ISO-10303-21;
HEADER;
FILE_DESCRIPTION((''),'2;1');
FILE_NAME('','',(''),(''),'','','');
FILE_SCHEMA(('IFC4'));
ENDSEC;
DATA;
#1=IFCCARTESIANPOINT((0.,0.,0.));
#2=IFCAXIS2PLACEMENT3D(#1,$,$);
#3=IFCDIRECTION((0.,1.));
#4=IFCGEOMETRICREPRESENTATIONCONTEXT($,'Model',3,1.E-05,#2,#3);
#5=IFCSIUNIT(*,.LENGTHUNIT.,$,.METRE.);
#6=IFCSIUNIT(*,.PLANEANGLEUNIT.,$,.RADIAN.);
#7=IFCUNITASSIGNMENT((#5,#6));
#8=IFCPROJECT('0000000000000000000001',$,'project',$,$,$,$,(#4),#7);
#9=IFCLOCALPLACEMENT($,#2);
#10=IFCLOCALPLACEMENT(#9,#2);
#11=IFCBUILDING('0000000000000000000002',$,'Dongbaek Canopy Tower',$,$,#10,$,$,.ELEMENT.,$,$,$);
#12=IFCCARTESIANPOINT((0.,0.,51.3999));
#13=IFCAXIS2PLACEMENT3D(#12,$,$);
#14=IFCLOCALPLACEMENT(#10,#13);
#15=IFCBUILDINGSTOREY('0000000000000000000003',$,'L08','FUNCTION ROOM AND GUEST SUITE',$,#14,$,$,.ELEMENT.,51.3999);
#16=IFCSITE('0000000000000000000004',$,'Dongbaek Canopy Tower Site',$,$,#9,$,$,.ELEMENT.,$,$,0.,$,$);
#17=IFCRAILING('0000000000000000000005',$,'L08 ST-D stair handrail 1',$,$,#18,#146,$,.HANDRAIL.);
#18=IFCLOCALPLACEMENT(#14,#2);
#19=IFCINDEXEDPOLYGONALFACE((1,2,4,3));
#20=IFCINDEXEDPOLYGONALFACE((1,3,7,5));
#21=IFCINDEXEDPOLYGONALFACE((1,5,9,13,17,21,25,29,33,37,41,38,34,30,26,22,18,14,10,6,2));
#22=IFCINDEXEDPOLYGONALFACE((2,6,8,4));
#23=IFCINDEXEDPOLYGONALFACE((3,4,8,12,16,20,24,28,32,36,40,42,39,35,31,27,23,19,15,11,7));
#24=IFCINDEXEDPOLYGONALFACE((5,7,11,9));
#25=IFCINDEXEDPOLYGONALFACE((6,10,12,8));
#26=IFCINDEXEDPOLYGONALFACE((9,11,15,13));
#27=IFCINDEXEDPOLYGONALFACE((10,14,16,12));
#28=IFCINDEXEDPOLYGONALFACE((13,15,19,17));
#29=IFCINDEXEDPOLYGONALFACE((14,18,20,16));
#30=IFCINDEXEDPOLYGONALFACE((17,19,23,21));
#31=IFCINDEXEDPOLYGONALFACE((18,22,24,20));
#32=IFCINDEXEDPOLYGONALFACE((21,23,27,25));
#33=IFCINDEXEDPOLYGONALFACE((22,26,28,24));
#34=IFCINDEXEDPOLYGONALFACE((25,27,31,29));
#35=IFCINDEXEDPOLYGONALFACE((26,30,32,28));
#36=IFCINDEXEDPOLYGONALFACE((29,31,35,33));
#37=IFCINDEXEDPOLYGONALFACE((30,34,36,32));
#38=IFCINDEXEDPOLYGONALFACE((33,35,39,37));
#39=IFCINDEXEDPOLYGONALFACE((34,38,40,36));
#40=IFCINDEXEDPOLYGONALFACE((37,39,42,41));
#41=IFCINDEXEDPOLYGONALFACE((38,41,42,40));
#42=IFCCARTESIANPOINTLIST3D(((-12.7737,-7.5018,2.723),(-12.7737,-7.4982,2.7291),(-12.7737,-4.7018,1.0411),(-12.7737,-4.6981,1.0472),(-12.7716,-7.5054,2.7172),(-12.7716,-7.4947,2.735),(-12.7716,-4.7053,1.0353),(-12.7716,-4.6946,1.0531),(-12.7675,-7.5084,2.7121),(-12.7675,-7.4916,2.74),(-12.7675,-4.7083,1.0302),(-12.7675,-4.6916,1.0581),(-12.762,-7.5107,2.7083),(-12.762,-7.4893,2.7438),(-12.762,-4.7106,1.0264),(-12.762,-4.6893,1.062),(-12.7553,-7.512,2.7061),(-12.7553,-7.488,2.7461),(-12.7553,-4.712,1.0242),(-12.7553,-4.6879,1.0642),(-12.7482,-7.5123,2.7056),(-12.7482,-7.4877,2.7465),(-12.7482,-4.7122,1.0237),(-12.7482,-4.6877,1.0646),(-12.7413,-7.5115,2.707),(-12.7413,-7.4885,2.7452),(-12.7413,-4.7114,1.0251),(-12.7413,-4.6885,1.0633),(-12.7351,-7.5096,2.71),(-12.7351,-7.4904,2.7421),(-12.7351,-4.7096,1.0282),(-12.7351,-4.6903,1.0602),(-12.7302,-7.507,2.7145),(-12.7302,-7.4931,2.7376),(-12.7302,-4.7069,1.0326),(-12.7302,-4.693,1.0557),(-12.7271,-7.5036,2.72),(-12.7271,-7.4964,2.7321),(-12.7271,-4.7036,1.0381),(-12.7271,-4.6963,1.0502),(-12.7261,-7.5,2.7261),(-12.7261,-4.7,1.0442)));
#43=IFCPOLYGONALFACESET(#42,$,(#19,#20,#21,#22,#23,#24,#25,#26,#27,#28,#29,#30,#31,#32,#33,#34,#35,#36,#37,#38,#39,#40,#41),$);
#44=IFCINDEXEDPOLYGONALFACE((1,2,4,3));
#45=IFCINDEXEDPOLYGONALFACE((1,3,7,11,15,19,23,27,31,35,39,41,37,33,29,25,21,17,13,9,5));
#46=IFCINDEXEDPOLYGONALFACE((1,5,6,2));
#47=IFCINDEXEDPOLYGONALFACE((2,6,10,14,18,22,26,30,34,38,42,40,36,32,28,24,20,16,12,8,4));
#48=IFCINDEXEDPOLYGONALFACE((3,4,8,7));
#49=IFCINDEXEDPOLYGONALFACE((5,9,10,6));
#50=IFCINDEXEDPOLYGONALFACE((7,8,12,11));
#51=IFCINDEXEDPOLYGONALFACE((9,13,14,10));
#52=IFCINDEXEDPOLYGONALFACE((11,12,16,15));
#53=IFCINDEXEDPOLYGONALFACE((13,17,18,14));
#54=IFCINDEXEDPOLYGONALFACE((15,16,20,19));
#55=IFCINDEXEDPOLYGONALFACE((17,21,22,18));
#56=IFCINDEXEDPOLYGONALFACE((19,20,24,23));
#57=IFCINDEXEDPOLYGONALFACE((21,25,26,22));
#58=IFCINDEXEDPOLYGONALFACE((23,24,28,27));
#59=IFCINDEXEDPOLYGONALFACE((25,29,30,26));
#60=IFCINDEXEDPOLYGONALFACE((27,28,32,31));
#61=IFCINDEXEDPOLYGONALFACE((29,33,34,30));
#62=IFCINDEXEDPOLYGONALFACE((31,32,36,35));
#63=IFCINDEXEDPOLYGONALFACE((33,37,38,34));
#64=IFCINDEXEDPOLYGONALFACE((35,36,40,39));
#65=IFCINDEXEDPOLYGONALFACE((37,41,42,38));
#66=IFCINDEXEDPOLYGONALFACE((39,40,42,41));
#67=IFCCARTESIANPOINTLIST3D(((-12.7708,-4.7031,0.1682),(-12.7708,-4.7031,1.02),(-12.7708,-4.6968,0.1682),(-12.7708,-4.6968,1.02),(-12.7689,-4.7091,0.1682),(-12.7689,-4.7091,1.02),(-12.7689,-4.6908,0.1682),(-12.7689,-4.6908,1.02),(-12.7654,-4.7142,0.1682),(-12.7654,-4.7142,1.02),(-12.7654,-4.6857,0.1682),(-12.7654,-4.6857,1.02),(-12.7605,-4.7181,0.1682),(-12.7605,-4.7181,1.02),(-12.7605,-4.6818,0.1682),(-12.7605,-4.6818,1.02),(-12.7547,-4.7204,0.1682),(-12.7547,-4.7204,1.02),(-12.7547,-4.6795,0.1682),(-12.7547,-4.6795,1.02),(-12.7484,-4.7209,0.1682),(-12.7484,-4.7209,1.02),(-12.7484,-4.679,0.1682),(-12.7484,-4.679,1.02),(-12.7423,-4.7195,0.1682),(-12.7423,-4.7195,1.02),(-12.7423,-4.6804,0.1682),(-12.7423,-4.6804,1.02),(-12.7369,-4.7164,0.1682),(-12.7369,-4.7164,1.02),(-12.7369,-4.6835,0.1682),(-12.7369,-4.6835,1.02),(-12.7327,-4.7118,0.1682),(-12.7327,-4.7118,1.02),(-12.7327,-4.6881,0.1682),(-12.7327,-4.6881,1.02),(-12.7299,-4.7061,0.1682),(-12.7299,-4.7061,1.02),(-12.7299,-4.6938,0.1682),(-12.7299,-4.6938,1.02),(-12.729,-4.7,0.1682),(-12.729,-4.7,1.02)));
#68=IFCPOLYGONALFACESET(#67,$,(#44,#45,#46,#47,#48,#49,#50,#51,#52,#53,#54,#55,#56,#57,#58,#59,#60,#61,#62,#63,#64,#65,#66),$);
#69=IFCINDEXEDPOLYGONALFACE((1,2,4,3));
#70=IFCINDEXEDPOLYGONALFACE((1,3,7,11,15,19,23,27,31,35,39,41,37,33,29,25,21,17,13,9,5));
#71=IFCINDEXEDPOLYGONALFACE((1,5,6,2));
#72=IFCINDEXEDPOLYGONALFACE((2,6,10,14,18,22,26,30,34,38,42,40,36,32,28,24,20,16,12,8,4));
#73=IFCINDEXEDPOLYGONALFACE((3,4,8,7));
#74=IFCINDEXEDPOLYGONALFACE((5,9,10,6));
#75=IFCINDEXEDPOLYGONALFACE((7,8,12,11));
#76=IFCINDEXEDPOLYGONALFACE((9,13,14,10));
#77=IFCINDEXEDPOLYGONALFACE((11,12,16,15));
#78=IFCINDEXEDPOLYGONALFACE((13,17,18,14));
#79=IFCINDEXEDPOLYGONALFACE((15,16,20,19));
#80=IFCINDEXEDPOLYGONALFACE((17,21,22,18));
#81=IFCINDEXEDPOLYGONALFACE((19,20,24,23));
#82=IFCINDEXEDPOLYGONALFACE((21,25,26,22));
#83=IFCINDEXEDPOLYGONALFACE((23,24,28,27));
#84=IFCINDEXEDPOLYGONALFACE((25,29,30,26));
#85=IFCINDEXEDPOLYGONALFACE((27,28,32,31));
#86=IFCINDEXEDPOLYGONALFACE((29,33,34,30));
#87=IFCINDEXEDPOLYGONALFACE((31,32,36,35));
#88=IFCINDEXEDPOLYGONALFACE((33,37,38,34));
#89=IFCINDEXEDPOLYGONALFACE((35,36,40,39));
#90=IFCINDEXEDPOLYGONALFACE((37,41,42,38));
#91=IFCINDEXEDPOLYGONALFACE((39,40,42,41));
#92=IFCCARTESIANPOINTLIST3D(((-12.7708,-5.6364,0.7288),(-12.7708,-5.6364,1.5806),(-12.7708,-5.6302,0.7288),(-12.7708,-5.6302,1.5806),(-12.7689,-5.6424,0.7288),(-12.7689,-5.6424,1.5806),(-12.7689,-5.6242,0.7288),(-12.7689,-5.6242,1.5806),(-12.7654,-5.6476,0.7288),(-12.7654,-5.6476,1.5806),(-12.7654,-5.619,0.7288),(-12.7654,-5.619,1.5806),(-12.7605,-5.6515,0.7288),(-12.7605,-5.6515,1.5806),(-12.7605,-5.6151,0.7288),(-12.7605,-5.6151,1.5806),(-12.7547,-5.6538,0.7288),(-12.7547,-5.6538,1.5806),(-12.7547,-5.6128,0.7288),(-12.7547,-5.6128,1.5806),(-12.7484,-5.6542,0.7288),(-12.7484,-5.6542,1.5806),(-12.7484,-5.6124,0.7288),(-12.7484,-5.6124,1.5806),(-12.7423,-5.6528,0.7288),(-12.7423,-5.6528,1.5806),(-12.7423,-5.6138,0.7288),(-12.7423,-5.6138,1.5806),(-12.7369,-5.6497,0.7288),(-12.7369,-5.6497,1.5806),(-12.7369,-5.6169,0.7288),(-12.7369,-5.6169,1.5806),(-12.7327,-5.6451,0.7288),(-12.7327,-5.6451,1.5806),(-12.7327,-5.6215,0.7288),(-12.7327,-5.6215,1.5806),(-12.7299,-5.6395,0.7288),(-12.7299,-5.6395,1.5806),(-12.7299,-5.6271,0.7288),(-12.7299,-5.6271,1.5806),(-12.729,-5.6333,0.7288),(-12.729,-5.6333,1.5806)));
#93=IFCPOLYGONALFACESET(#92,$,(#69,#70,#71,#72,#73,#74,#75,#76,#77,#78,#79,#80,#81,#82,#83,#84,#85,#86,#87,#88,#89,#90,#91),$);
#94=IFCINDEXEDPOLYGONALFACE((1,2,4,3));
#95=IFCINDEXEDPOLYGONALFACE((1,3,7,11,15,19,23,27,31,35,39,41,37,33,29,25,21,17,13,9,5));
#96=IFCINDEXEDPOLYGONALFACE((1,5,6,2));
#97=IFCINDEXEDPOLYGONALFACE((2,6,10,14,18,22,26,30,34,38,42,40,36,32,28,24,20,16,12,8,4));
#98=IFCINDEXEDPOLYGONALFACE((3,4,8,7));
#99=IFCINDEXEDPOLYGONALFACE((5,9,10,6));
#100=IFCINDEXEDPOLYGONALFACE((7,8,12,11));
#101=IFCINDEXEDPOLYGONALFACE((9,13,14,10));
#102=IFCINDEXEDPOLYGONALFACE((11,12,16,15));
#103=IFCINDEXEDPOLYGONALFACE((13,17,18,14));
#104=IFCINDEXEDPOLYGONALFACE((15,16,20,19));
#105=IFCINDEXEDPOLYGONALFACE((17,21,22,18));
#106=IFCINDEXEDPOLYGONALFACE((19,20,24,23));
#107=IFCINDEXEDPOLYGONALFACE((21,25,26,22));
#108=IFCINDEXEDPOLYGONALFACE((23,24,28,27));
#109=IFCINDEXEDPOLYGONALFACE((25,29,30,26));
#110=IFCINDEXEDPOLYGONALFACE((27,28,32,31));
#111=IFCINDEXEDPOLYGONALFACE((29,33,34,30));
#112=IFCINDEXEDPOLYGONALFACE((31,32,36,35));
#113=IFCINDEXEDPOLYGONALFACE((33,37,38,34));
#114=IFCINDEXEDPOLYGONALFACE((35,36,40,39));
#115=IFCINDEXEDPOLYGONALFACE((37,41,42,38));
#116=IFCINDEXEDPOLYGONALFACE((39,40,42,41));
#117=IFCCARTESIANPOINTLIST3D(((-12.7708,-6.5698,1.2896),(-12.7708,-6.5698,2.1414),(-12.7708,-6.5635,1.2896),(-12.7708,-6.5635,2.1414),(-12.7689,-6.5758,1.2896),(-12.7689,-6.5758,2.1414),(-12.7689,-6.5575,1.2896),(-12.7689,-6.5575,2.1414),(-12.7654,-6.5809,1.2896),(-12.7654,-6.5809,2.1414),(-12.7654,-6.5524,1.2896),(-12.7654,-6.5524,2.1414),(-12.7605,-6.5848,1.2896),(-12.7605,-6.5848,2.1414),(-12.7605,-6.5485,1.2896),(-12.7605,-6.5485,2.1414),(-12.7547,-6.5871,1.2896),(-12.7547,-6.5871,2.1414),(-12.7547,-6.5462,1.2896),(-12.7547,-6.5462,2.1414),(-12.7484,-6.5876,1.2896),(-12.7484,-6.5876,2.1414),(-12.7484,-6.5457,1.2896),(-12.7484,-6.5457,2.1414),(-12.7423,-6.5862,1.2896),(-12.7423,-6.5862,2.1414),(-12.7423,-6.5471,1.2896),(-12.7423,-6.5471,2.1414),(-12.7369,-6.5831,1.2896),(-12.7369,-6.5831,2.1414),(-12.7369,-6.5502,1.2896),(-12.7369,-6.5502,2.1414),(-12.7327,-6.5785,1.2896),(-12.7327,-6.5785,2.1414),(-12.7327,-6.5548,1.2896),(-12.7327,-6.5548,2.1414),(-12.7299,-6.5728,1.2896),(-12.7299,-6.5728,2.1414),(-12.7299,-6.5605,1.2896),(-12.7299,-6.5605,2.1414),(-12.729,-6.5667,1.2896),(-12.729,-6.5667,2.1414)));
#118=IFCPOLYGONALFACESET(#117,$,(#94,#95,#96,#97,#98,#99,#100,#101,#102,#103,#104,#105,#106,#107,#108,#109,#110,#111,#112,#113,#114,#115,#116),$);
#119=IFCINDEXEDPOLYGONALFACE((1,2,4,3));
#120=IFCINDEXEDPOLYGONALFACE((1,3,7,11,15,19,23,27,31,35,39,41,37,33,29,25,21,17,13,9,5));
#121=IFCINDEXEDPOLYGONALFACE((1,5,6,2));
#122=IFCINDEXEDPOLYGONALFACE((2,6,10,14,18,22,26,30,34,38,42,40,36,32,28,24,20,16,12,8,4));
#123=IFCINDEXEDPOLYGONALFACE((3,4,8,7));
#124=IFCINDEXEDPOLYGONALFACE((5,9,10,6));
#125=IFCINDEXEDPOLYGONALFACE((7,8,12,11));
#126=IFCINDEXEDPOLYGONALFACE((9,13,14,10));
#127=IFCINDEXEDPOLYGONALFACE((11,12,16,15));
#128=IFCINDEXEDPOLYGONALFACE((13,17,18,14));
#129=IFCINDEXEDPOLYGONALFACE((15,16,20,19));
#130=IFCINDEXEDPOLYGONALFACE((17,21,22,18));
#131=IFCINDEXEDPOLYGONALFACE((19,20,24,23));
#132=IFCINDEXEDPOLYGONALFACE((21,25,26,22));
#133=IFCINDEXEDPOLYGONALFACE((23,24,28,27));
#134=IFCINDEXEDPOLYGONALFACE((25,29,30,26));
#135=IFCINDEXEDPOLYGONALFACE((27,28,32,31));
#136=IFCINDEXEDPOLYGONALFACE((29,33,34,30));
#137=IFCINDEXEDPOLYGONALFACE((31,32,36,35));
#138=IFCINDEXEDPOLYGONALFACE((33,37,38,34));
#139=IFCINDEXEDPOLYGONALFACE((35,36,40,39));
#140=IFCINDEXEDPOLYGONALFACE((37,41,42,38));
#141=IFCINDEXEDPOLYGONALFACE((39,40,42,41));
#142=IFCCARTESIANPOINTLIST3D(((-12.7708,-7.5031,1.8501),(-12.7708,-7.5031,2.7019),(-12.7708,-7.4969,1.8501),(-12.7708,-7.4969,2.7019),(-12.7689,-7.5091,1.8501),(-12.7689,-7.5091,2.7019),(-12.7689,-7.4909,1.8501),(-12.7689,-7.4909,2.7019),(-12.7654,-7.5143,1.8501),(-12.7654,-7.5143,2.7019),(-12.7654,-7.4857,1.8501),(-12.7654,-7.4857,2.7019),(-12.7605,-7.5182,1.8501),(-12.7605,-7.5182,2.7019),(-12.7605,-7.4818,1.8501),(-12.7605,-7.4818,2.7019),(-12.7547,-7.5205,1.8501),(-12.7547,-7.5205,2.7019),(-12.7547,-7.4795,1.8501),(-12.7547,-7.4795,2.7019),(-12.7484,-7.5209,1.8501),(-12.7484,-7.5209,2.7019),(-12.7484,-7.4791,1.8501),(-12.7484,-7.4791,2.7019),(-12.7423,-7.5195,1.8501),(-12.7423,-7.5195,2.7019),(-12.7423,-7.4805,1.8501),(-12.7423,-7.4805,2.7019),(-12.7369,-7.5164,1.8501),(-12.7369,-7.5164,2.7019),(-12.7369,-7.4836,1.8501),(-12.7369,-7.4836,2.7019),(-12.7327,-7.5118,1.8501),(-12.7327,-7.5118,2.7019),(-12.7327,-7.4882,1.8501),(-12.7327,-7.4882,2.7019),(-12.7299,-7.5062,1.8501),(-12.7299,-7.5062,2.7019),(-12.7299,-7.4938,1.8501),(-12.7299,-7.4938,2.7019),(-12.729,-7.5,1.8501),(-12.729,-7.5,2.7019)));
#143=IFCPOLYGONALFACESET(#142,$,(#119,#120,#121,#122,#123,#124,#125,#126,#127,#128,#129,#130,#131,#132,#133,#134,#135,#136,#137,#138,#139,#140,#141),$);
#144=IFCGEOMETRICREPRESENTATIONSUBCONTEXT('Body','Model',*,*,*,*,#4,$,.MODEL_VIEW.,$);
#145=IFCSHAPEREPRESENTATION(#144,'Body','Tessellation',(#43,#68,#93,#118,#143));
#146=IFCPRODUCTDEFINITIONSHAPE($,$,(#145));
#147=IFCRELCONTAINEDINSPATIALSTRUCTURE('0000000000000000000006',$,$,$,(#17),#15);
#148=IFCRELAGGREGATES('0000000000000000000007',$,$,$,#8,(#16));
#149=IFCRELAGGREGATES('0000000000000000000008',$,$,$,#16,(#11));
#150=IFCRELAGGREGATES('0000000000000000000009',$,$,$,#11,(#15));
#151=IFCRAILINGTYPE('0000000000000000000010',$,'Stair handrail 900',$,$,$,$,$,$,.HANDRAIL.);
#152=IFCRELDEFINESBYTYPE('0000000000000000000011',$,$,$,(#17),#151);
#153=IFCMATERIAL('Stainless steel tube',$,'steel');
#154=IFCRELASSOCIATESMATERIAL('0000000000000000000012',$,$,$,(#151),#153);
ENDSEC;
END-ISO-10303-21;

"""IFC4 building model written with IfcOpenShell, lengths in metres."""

from ifc_helpers import new_model, si_unit, direction, frame, origin, origin_2d, place, context, subcontext, project, spatial, circle, extrude, material, type_object, element, save


model = new_model("IFC4")

# Units and contexts
model_context = context("Model", 3, precision=1e-05, world=origin(), true_north=direction((0.0, 1.0)))
body_context = subcontext(model_context, "Body", "Model", "MODEL_VIEW")
ifc_project = project(units=[si_unit("LENGTHUNIT", "METRE"), si_unit("PLANEANGLEUNIT", "RADIAN")], contexts=[model_context])

# Site, building, storey
site_placement = place(None, origin())
site = spatial("IfcSite", under=ifc_project, at=site_placement, Name="Dongbaek Canopy Tower Site", CompositionType="ELEMENT", RefElevation=0.0)
building_placement = place(site_placement, origin())
building = spatial("IfcBuilding", under=site, at=building_placement, Name="Dongbaek Canopy Tower", CompositionType="ELEMENT")
storey_placement = place(building_placement, frame((0.0, 0.0, 51.3999)))
storey = spatial("IfcBuildingStorey", under=building, at=storey_placement, Name="L08", Description="FUNCTION ROOM AND GUEST SUITE", CompositionType="ELEMENT", Elevation=51.3999)

# Railing
ifc_material_1 = material(Name="Stainless steel tube", Category="steel")
railing_type_1 = type_object("IfcRailingType", Name="Stair handrail 900", PredefinedType="HANDRAIL", material=ifc_material_1)
railing_1_placement = place(storey_placement, frame((-12.75, -4.7, 0.1682)))
element("IfcRailing", 1, at=railing_1_placement, inside=storey, type_object=railing_type_1, Name="L08 ST-D stair handrail 1", PredefinedType="HANDRAIL", context=body_context, shape_type="SweptSolid", body=[
    extrude(circle(Radius=0.0239, at=origin_2d()), frame((0.0, 0.0, 0.876), z_axis=(0.0, -0.857242, 0.514913), x_axis=(1.0, 0.0, 0.0)), (0.0, 0.0, 1.0), 3.2664),
    extrude(circle(Radius=0.021, at=origin_2d()), origin(), (0.0, 0.0, 1.0), 0.8518),
    extrude(circle(Radius=0.021, at=origin_2d()), frame((0.0, -0.9333, 0.5605)), (0.0, 0.0, 1.0), 0.8518),
    extrude(circle(Radius=0.021, at=origin_2d()), frame((0.0, -1.8667, 1.1213)), (0.0, 0.0, 1.0), 0.8518),
    extrude(circle(Radius=0.021, at=origin_2d()), frame((0.0, -2.8, 1.6819)), (0.0, 0.0, 1.0), 0.8518),
])

save(model, "model.ifc")
